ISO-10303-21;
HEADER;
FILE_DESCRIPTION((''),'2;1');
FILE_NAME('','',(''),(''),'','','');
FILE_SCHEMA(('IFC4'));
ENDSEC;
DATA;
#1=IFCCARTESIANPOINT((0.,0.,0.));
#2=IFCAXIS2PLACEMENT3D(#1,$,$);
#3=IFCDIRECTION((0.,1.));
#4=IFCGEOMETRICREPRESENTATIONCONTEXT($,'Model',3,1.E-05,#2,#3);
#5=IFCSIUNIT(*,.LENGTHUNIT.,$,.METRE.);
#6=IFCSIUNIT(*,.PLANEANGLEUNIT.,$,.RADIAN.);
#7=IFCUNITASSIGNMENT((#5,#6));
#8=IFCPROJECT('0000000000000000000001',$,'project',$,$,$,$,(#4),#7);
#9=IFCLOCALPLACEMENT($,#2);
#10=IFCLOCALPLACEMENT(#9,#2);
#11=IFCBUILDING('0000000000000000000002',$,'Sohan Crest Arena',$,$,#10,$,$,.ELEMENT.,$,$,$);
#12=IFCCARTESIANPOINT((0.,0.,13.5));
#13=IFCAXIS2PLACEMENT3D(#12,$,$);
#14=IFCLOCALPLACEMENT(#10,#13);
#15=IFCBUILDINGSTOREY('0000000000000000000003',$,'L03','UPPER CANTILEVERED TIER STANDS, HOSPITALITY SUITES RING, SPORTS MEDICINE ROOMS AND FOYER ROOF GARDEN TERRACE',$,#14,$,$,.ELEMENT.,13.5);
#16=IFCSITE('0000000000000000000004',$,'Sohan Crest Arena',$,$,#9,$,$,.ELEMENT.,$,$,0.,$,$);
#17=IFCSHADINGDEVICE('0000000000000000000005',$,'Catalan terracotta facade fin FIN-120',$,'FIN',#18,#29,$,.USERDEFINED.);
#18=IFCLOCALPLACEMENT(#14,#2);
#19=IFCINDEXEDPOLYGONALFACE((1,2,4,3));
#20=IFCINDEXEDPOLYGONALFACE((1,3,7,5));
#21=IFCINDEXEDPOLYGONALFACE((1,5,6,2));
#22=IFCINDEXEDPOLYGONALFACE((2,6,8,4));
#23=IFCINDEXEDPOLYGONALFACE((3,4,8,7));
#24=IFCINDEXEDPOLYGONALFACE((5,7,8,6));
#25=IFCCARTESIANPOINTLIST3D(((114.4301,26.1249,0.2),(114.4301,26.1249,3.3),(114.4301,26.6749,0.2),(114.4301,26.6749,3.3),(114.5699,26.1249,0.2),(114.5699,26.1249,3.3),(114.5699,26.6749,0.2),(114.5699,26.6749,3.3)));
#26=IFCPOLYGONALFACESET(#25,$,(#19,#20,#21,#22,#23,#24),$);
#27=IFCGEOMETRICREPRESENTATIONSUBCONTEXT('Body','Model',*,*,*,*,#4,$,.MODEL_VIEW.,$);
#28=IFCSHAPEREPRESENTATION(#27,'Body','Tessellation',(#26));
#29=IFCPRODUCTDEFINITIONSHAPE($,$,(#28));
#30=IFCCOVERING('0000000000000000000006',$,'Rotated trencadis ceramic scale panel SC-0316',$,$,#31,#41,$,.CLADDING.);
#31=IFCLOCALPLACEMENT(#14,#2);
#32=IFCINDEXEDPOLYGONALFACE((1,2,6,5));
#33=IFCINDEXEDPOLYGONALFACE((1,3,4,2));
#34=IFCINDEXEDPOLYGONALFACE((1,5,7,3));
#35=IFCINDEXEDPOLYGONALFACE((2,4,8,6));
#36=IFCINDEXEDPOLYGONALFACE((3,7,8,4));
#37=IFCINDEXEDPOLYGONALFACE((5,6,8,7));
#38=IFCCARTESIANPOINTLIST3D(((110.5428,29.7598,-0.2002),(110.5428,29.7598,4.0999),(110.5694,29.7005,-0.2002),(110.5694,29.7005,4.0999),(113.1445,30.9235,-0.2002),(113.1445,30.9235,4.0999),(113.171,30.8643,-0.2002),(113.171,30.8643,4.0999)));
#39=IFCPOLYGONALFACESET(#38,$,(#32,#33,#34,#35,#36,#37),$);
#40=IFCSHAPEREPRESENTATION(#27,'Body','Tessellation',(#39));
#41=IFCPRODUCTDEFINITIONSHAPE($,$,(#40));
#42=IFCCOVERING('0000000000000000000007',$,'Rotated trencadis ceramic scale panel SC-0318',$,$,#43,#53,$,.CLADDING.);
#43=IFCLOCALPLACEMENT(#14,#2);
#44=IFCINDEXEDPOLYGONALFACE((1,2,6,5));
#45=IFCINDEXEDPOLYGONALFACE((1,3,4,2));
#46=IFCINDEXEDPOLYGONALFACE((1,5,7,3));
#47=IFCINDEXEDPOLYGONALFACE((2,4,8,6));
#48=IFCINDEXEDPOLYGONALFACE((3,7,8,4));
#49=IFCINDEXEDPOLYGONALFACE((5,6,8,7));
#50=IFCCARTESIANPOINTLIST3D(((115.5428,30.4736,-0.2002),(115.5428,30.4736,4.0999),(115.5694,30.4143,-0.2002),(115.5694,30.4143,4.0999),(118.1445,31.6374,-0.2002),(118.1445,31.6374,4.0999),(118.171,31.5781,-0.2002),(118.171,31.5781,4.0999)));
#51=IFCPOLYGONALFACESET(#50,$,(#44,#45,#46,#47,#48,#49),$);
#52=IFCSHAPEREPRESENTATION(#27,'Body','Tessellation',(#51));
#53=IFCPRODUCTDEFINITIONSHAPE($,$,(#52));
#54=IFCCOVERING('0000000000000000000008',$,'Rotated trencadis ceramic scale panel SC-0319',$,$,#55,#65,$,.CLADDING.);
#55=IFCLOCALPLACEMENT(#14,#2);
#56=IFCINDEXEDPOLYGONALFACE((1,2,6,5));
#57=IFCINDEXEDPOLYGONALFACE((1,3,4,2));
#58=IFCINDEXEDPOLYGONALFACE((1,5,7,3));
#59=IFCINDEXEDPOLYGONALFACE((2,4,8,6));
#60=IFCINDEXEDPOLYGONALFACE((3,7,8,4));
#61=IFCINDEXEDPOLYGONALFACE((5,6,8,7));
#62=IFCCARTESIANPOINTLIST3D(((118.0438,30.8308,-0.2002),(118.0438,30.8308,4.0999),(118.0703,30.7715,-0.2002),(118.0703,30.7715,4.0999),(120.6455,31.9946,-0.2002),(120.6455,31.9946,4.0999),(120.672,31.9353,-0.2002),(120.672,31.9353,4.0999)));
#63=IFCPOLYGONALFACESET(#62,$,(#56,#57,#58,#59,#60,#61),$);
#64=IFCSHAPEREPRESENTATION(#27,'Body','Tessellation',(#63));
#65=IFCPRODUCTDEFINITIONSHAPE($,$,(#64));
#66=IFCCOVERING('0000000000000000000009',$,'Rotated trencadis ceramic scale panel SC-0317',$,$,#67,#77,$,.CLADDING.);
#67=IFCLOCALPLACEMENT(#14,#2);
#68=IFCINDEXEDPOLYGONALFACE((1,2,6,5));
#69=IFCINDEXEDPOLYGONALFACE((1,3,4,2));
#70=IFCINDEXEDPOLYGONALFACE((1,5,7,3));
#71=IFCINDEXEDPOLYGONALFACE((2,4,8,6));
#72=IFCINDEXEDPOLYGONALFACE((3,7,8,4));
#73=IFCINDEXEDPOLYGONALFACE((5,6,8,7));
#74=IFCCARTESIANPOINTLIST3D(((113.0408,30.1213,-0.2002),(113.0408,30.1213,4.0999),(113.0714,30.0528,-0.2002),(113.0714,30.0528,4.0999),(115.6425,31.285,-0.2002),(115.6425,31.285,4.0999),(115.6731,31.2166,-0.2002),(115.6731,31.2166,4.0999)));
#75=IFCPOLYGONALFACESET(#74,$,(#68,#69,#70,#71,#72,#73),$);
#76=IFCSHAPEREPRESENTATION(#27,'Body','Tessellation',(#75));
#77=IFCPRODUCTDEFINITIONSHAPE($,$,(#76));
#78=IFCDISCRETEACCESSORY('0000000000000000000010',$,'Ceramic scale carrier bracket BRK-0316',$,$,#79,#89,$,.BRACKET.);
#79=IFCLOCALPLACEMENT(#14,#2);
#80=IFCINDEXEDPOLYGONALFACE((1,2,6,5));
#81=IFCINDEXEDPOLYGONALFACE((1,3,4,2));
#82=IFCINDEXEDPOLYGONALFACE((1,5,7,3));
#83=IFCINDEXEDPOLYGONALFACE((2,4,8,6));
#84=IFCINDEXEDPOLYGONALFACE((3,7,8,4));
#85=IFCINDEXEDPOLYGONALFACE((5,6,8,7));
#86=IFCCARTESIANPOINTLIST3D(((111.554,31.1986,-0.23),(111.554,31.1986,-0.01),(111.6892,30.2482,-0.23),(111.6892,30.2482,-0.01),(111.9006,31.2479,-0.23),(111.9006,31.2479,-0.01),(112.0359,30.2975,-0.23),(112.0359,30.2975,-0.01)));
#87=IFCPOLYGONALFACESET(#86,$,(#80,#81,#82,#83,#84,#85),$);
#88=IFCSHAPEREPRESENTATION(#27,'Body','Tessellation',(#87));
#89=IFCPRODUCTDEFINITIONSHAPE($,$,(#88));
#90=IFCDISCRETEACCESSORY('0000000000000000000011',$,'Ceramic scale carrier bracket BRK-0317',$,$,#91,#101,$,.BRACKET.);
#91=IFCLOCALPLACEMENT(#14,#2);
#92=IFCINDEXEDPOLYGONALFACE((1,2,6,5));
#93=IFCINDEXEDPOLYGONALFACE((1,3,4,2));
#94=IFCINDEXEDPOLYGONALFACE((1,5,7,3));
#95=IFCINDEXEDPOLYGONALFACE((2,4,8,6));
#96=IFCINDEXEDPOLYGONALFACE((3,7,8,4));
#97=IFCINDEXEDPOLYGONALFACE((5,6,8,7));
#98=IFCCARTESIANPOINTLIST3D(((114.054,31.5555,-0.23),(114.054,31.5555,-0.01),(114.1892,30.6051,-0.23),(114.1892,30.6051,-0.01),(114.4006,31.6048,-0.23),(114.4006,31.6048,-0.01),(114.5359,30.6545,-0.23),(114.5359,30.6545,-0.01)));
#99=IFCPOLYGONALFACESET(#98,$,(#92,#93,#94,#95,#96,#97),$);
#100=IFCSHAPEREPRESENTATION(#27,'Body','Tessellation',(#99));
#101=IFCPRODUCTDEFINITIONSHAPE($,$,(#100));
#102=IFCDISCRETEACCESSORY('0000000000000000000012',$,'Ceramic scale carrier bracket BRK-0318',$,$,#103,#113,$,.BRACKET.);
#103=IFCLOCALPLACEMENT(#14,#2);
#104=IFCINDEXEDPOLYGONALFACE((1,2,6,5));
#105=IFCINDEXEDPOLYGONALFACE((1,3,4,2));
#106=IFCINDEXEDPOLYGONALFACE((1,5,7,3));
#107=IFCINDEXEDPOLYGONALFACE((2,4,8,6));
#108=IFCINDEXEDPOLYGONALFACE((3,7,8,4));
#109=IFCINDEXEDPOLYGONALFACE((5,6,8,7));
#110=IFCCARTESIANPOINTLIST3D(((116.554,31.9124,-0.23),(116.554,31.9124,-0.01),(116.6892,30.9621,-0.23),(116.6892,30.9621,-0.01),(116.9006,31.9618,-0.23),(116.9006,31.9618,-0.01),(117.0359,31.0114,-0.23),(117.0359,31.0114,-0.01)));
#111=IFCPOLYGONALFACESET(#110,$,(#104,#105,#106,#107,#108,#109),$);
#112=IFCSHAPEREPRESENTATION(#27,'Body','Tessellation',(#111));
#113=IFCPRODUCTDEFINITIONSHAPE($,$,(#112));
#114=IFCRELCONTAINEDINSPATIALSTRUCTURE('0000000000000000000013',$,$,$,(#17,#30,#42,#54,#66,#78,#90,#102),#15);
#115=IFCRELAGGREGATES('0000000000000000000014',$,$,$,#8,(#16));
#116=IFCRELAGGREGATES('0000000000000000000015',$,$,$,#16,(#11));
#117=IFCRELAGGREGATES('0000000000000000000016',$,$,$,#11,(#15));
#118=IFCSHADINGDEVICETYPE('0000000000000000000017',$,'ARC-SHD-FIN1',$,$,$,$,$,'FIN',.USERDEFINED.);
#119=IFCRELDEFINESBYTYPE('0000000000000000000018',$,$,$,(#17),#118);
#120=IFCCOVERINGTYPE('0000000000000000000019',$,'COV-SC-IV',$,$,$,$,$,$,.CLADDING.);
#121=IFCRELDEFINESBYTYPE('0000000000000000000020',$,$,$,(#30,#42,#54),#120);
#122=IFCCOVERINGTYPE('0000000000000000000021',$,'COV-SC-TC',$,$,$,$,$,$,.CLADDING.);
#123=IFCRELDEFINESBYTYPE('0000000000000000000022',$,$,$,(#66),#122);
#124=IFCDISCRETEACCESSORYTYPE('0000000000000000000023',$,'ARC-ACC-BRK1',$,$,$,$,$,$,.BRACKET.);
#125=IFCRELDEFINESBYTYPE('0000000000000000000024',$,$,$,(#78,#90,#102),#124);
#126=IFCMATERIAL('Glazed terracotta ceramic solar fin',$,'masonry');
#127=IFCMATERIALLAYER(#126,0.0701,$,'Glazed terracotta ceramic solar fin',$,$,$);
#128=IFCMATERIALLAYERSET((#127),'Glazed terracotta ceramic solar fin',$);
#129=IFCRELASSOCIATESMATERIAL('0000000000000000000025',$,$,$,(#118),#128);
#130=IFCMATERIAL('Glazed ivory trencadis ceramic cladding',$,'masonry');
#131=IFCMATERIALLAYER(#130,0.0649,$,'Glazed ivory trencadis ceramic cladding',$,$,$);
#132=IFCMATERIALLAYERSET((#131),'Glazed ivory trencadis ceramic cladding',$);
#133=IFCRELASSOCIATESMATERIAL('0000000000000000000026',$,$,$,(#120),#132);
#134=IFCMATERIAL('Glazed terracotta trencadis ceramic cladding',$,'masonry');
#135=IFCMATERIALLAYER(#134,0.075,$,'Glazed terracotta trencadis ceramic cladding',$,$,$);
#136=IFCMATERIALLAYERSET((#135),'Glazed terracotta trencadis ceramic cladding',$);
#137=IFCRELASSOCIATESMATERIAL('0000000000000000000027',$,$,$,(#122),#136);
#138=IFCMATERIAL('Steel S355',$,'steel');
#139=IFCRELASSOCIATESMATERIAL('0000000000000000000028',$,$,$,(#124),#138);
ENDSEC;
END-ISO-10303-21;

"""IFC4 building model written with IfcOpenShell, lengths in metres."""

from ifc_helpers import new_model, si_unit, direction, frame, origin, origin_2d, place, context, subcontext, project, spatial, rectangle, extrude, material, layer, layer_set, type_object, element, save


model = new_model("IFC4")

# Units and contexts
model_context = context("Model", 3, precision=1e-05, world=origin(), true_north=direction((0.0, 1.0)))
body_context = subcontext(model_context, "Body", "Model", "MODEL_VIEW")
ifc_project = project(units=[si_unit("LENGTHUNIT", "METRE"), si_unit("PLANEANGLEUNIT", "RADIAN")], contexts=[model_context])

# Site, building, storey
site_placement = place(None, origin())
site = spatial("IfcSite", under=ifc_project, at=site_placement, Name="Sohan Crest Arena", CompositionType="ELEMENT", RefElevation=0.0)
building_placement = place(site_placement, origin())
building = spatial("IfcBuilding", under=site, at=building_placement, Name="Sohan Crest Arena", CompositionType="ELEMENT")
storey_placement = place(building_placement, frame((0.0, 0.0, 13.5)))
storey = spatial("IfcBuildingStorey", under=building, at=storey_placement, Name="L03", Description="UPPER CANTILEVERED TIER STANDS, HOSPITALITY SUITES RING, SPORTS MEDICINE ROOMS AND FOYER ROOF GARDEN TERRACE", CompositionType="ELEMENT", Elevation=13.5)

# Shared definitions
ifc_material_1 = material(Name="Steel S355", Category="steel")

# Shading device
ifc_material_2 = material(Name="Glazed terracotta ceramic solar fin", Category="masonry")
ifc_layer_1 = layer(ifc_material_2, 0.0701, Name="Glazed terracotta ceramic solar fin")
ifc_layer_set_1 = layer_set([ifc_layer_1], Name="Glazed terracotta ceramic solar fin")
shading_device_type = type_object("IfcShadingDeviceType", Name="ARC-SHD-FIN1", ElementType="FIN", PredefinedType="USERDEFINED", material=ifc_layer_set_1)
for number, where, z_axis, x_axis, name in (
    (1, (114.5, 26.3999, 0.2), (0.0, 0.0, 1.0), (-1.0, 0.0, 0.0), "Catalan terracotta facade fin FIN-120"),
):
    element("IfcShadingDevice", number, at=place(storey_placement, frame(where, z_axis=z_axis, x_axis=x_axis)), inside=storey, type_object=shading_device_type, Name=name, ObjectType="FIN", PredefinedType="USERDEFINED", context=body_context, shape_type="SweptSolid", body=[
        extrude(rectangle(XDim=0.1399, YDim=0.55, at=origin_2d()), origin(), (0.0, 0.0, 1.0), 3.1001),
    ])

# Coverings
ifc_material_3 = material(Name="Glazed ivory trencadis ceramic cladding", Category="masonry")
ifc_layer_2 = layer(ifc_material_3, 0.0649, Name="Glazed ivory trencadis ceramic cladding")
ifc_layer_set_2 = layer_set([ifc_layer_2], Name="Glazed ivory trencadis ceramic cladding")
covering_type_1 = type_object("IfcCoveringType", Name="COV-SC-IV", PredefinedType="CLADDING", material=ifc_layer_set_2)
for number, where, z_axis, x_axis, name in (
    (2, (111.8569, 30.312, -0.2002), (0.0, 0.0, 1.0), (0.912834, 0.40833, 0.0), "Rotated trencadis ceramic scale panel SC-0316"),
    (3, (116.8569, 31.0259, -0.2002), (0.0, 0.0, 1.0), (0.912834, 0.40833, 0.0), "Rotated trencadis ceramic scale panel SC-0318"),
    (4, (119.3579, 31.3831, -0.2002), (0.0, 0.0, 1.0), (0.912834, 0.40833, 0.0), "Rotated trencadis ceramic scale panel SC-0319"),
):
    element("IfcCovering", number, at=place(storey_placement, frame(where, z_axis=z_axis, x_axis=x_axis)), inside=storey, type_object=covering_type_1, Name=name, PredefinedType="CLADDING", context=body_context, shape_type="SweptSolid", body=[
        extrude(rectangle(XDim=2.8501, YDim=0.0649, at=origin_2d()), origin(), (0.0, 0.0, 1.0), 4.3),
    ])
ifc_material_4 = material(Name="Glazed terracotta trencadis ceramic cladding", Category="masonry")
ifc_layer_3 = layer(ifc_material_4, 0.075, Name="Glazed terracotta trencadis ceramic cladding")
ifc_layer_set_3 = layer_set([ifc_layer_3], Name="Glazed terracotta trencadis ceramic cladding")
covering_type_2 = type_object("IfcCoveringType", Name="COV-SC-TC", PredefinedType="CLADDING", material=ifc_layer_set_3)
covering_placement = place(storey_placement, frame((114.3569, 30.6689, -0.2002), z_axis=(0.0, 0.0, 1.0), x_axis=(0.912834, 0.40833, 0.0)))
element("IfcCovering", 5, at=covering_placement, inside=storey, type_object=covering_type_2, Name="Rotated trencadis ceramic scale panel SC-0317", PredefinedType="CLADDING", context=body_context, shape_type="SweptSolid", body=[
    extrude(rectangle(XDim=2.8501, YDim=0.075, at=origin_2d()), origin(), (0.0, 0.0, 1.0), 4.3),
])

# Discrete accessories
discrete_accessory_type = type_object("IfcDiscreteAccessoryType", Name="ARC-ACC-BRK1", PredefinedType="BRACKET", material=ifc_material_1)
for number, where, z_axis, x_axis, name in (
    (6, (111.7949, 30.748, -0.23), (0.0, 0.0, 1.0), (0.990024, 0.140901, 0.0), "Ceramic scale carrier bracket BRK-0316"),
    (7, (114.2949, 31.105, -0.23), (0.0, 0.0, 1.0), (0.990024, 0.140901, 0.0), "Ceramic scale carrier bracket BRK-0317"),
    (8, (116.7949, 31.4619, -0.23), (0.0, 0.0, 1.0), (0.990024, 0.140901, 0.0), "Ceramic scale carrier bracket BRK-0318"),
):
    element("IfcDiscreteAccessory", number, at=place(storey_placement, frame(where, z_axis=z_axis, x_axis=x_axis)), inside=storey, type_object=discrete_accessory_type, Name=name, PredefinedType="BRACKET", context=body_context, shape_type="SweptSolid", body=[
        extrude(rectangle(XDim=0.3501, YDim=0.96, at=origin_2d()), origin(), (0.0, 0.0, 1.0), 0.22),
    ])

save(model, "model.ifc")
